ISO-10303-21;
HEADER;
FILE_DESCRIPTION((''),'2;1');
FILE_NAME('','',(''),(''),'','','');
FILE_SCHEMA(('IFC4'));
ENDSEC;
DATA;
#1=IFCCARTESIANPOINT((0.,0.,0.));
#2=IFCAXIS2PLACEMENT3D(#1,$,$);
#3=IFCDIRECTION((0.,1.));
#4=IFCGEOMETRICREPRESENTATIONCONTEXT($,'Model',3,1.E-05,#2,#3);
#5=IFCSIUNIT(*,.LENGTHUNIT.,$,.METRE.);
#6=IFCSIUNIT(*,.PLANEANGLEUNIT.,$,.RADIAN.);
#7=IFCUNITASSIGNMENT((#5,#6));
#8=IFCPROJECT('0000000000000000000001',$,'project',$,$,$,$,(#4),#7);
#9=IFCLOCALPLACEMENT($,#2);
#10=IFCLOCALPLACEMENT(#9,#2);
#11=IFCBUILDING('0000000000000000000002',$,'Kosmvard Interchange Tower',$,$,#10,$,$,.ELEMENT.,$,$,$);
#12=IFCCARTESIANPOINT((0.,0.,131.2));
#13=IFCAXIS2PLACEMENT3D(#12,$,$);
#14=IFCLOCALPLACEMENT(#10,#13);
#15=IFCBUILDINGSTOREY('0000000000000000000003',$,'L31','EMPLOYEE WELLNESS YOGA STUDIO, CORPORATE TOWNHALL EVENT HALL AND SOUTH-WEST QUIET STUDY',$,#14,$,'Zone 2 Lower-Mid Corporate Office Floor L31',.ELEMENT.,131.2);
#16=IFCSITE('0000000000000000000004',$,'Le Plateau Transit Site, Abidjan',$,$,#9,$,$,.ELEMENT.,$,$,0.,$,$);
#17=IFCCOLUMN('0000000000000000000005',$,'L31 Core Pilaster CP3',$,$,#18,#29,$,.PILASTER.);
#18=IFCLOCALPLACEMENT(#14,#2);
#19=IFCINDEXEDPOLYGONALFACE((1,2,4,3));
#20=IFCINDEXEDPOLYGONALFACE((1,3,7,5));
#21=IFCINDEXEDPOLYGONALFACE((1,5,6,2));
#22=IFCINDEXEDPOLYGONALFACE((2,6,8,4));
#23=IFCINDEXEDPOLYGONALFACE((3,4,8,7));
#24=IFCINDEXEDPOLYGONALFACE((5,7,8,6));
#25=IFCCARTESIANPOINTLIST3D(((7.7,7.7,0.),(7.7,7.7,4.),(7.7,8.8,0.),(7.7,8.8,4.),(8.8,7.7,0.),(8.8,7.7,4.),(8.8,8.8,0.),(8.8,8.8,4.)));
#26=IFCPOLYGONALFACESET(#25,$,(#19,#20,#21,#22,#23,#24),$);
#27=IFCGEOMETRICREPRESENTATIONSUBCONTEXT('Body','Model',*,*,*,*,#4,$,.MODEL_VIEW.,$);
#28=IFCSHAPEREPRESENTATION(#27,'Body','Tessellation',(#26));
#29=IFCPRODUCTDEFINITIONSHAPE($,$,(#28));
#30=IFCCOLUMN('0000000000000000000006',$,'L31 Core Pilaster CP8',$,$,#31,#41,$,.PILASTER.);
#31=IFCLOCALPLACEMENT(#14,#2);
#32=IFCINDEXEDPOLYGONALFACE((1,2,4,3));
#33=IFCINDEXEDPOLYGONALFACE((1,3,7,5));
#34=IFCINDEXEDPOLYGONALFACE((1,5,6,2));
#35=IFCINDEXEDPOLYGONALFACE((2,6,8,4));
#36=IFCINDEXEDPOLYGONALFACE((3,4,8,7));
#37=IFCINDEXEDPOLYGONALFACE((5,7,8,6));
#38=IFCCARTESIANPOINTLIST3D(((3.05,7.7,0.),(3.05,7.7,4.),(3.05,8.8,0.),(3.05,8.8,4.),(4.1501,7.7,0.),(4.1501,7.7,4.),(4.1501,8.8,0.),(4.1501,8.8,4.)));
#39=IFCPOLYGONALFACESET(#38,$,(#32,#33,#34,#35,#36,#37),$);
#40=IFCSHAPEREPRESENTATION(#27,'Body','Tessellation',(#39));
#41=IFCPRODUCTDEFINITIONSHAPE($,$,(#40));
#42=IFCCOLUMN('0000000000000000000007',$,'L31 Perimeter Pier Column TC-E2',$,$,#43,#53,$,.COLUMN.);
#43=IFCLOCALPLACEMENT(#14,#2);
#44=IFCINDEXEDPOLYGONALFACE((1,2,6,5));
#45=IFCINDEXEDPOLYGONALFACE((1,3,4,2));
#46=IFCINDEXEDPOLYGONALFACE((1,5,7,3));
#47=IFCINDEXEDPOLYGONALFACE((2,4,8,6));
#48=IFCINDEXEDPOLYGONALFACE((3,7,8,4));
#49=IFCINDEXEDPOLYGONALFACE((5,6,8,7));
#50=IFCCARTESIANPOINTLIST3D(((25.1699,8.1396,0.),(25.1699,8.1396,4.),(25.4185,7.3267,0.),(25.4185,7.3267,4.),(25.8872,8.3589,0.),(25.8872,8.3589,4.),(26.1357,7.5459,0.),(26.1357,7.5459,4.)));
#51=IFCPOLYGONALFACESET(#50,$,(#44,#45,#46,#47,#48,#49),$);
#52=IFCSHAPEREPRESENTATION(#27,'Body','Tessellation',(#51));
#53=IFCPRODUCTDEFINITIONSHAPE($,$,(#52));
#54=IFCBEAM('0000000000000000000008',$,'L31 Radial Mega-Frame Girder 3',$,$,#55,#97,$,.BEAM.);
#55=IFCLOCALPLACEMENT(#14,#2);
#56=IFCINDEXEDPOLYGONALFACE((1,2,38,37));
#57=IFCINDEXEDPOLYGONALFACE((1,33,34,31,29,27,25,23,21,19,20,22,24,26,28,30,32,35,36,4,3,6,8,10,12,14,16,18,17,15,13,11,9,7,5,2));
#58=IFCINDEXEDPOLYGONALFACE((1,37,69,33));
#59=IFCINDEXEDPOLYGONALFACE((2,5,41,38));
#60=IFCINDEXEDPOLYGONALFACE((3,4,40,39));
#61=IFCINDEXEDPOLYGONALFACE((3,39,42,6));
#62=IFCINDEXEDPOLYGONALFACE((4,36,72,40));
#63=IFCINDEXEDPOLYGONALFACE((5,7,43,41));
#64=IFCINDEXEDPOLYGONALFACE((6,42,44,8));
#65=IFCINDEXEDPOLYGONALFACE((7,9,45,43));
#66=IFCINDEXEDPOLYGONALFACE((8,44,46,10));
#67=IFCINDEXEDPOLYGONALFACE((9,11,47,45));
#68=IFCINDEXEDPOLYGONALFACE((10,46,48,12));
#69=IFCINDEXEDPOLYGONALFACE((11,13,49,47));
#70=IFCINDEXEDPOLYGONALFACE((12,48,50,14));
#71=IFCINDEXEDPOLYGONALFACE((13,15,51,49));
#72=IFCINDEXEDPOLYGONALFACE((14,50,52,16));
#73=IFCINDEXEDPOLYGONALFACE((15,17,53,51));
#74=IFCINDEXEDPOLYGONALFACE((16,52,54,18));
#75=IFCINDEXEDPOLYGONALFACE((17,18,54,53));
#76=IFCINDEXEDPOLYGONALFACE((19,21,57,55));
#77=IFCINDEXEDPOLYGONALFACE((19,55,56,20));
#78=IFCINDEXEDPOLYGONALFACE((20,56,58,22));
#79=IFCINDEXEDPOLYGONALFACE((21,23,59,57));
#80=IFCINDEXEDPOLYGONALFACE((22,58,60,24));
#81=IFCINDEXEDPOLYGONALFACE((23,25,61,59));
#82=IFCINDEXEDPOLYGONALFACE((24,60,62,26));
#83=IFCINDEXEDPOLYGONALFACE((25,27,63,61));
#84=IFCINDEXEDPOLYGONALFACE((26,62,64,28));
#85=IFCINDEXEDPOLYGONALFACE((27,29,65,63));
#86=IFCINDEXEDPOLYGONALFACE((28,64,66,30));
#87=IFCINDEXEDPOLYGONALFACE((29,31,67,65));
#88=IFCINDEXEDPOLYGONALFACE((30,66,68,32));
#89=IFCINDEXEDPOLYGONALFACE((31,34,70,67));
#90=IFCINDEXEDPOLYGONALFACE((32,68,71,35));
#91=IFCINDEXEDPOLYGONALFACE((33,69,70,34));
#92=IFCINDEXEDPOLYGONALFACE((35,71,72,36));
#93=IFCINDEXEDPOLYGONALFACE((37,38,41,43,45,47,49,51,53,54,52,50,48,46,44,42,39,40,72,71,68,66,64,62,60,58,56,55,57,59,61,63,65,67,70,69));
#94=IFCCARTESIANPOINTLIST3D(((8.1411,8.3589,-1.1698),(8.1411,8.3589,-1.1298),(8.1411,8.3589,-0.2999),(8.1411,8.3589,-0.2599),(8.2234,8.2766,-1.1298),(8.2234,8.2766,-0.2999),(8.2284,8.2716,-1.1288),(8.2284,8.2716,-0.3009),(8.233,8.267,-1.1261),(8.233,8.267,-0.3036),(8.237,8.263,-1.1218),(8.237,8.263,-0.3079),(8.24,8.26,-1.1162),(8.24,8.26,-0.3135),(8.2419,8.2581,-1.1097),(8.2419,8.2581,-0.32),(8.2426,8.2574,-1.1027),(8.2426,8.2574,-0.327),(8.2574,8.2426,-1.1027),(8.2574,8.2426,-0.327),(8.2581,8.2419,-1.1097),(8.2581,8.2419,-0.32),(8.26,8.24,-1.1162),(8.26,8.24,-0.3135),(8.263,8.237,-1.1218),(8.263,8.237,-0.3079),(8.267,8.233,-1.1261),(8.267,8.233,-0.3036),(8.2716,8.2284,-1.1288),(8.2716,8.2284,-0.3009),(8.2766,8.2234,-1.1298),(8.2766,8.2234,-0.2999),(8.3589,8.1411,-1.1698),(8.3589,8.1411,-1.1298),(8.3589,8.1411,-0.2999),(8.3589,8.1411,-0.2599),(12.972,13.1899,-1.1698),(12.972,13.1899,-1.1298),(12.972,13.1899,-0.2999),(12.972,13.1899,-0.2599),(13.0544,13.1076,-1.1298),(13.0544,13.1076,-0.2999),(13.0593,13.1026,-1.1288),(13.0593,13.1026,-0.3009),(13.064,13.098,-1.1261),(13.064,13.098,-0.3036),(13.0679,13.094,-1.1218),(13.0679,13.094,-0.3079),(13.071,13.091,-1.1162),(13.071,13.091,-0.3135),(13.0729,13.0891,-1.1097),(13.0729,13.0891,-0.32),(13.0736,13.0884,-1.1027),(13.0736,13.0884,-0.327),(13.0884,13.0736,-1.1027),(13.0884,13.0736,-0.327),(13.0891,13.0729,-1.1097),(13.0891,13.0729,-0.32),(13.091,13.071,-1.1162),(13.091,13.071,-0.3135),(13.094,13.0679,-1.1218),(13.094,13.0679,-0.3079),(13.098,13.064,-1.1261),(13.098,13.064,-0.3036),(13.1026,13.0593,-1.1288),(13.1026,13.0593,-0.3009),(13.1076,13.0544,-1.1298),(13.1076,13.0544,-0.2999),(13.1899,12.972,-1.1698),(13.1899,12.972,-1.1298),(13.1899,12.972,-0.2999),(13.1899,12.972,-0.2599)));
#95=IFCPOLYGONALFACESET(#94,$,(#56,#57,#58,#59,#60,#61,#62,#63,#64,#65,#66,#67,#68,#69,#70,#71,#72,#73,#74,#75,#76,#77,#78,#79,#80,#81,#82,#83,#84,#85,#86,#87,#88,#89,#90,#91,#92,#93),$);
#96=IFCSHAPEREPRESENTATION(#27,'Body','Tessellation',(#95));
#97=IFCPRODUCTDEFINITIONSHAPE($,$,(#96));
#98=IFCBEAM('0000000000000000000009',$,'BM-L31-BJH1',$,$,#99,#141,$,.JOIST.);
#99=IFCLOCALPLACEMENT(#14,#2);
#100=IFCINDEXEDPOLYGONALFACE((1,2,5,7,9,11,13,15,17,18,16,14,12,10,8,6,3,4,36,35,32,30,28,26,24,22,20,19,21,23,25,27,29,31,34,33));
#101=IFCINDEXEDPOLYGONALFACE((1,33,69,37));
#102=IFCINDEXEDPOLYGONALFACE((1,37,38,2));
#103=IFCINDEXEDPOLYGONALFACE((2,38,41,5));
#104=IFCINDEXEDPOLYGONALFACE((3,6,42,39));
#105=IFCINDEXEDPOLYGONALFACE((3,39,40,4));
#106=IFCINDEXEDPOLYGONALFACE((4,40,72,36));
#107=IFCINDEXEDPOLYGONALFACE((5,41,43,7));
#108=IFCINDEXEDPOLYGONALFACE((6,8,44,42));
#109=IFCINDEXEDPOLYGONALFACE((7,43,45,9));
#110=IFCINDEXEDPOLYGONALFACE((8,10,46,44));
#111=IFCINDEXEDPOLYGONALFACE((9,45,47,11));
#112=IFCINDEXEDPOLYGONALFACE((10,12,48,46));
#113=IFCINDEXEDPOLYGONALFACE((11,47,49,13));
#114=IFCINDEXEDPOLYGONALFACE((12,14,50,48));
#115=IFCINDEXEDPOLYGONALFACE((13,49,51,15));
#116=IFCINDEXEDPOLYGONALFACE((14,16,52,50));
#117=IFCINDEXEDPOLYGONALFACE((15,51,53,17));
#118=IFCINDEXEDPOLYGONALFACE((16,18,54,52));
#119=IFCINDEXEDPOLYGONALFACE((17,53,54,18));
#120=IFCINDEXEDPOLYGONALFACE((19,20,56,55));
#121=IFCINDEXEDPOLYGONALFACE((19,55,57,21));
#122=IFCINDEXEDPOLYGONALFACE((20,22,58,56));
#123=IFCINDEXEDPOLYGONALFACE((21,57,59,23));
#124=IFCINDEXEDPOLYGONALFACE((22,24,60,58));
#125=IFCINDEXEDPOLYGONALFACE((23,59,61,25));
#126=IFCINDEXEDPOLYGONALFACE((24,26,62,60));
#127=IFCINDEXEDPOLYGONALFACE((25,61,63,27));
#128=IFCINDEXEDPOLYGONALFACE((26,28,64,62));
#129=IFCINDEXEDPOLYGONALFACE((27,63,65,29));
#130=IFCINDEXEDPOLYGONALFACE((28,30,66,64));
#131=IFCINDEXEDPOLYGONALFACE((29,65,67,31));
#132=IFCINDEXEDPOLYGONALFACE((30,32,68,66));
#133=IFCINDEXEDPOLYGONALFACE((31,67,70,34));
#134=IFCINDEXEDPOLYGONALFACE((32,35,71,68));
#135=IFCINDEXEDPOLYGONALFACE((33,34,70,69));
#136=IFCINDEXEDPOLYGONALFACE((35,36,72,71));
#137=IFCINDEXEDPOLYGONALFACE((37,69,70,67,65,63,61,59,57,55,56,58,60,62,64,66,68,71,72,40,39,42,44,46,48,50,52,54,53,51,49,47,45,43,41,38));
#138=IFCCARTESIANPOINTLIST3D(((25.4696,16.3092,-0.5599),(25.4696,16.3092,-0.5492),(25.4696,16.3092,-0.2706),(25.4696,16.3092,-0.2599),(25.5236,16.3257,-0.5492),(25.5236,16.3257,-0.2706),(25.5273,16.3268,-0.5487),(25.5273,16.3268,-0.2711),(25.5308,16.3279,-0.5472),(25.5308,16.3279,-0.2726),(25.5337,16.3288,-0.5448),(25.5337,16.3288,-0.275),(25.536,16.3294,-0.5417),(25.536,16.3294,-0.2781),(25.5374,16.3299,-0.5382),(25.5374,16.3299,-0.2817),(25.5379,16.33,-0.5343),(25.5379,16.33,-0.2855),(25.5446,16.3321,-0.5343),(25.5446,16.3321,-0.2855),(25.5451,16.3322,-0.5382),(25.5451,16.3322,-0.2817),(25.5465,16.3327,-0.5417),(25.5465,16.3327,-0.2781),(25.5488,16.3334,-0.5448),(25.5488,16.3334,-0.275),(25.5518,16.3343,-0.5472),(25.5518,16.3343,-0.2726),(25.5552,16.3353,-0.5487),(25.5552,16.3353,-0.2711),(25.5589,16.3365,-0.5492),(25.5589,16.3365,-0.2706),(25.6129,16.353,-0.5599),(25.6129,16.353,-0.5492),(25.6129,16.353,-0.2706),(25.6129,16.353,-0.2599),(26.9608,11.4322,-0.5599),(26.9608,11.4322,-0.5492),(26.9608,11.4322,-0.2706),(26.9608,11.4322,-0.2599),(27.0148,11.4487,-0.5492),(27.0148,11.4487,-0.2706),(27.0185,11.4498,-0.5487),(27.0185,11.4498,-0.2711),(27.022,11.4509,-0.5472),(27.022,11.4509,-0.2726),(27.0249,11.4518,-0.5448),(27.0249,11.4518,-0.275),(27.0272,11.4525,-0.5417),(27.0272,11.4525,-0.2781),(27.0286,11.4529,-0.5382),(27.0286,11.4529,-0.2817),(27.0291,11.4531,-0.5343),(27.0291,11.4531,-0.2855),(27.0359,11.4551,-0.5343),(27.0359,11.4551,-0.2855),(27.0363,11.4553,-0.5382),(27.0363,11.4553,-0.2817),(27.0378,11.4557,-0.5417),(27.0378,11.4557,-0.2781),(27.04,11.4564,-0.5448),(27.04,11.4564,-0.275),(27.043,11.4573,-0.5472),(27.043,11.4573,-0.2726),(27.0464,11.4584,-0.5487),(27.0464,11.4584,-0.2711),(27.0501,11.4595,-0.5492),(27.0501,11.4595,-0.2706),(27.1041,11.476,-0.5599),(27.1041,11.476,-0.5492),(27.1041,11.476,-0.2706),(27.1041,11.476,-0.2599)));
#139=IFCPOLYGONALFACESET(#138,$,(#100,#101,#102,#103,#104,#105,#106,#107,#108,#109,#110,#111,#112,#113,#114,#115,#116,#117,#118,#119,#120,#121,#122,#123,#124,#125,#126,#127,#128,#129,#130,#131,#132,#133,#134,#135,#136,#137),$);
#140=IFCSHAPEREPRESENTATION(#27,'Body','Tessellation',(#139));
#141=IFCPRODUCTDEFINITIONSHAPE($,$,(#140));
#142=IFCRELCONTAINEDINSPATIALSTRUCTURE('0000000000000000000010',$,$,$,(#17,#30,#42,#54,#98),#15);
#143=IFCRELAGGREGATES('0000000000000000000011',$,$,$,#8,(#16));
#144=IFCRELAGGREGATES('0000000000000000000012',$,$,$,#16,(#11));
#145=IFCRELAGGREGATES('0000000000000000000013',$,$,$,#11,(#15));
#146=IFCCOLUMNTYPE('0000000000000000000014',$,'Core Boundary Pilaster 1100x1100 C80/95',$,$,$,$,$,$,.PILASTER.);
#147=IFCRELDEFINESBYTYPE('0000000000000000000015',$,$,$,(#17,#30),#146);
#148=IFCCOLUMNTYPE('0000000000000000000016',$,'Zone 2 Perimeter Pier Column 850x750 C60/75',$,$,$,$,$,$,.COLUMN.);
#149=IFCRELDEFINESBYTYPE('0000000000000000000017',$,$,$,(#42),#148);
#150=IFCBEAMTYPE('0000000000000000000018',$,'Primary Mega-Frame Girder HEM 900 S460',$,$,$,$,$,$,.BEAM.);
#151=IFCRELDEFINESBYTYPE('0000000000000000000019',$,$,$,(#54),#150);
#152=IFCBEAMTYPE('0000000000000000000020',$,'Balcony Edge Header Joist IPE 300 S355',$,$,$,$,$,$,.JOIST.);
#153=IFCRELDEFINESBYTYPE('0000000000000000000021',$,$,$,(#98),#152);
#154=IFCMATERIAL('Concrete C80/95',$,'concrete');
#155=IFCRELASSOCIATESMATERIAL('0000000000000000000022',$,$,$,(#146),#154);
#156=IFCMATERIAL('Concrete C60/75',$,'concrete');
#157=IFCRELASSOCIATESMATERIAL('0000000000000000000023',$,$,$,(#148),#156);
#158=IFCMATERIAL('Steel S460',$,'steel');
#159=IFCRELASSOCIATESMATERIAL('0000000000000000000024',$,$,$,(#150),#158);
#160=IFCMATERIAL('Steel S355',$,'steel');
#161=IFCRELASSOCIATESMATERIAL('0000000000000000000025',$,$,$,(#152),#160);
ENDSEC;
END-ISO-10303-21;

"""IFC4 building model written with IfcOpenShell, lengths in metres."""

from ifc_helpers import new_model, si_unit, direction, frame, origin, origin_2d, place, context, subcontext, project, spatial, rectangle, i_section, extrude, source, transform, mapped, material, material_profile, profile_set, type_object, element, save


model = new_model("IFC4")

# Units and contexts
model_context = context("Model", 3, precision=1e-05, world=origin(), true_north=direction((0.0, 1.0)))
body_context = subcontext(model_context, "Body", "Model", "MODEL_VIEW")
ifc_project = project(units=[si_unit("LENGTHUNIT", "METRE"), si_unit("PLANEANGLEUNIT", "RADIAN")], contexts=[model_context])

# Site, building, storey
site_placement = place(None, origin())
site = spatial("IfcSite", under=ifc_project, at=site_placement, Name="Le Plateau Transit Site, Abidjan", CompositionType="ELEMENT", RefElevation=0.0)
building_placement = place(site_placement, origin())
building = spatial("IfcBuilding", under=site, at=building_placement, Name="Kosmvard Interchange Tower", CompositionType="ELEMENT")
storey_placement = place(building_placement, frame((0.0, 0.0, 131.2)))
storey = spatial("IfcBuildingStorey", under=building, at=storey_placement, Name="L31", Description="EMPLOYEE WELLNESS YOGA STUDIO, CORPORATE TOWNHALL EVENT HALL AND SOUTH-WEST QUIET STUDY", LongName="Zone 2 Lower-Mid Corporate Office Floor L31", CompositionType="ELEMENT", Elevation=131.2)

# Columns
ifc_material_1 = material(Name="Concrete C80/95", Category="concrete")
ifc_material_profile_1 = material_profile(ifc_material_1, rectangle(XDim=1.1001, YDim=1.1001, at=origin_2d()), Name="CP 1100x1100")
ifc_profile_set_1 = profile_set([ifc_material_profile_1], Name="Concrete C80/95")
column_type_1 = type_object("IfcColumnType", Name="Core Boundary Pilaster 1100x1100 C80/95", PredefinedType="PILASTER", material=ifc_profile_set_1)
shared_shape_1 = source(origin(), body_context, "Body", "SweptSolid", [
    extrude(rectangle(XDim=1.1001, YDim=1.1001, at=origin_2d()), origin(), (0.0, 0.0, 1.0), 4.0),
])
for number, where, z_axis, x_axis, name in (
    (1, (8.25, 8.25, 0.0), (0.0, 0.0, 1.0), (1.0, 0.0, 0.0), "L31 Core Pilaster CP3"),
    (2, (3.6001, 8.25, 0.0), (0.0, 0.0, 1.0), (1.0, 0.0, 0.0), "L31 Core Pilaster CP8"),
):
    element("IfcColumn", number, at=place(storey_placement, frame(where, z_axis=z_axis, x_axis=x_axis)), inside=storey, type_object=column_type_1, Name=name, PredefinedType="PILASTER", context=body_context, shape_type="MappedRepresentation", body=[
        mapped(shared_shape_1, transform((0.0, 0.0, 0.0), scale=1.0)),
    ])
ifc_material_2 = material(Name="Concrete C60/75", Category="concrete")
ifc_material_profile_2 = material_profile(ifc_material_2, rectangle(XDim=0.75, YDim=0.8501, at=origin_2d()), Name="TC 850x750")
ifc_profile_set_2 = profile_set([ifc_material_profile_2], Name="Concrete C60/75")
column_type_2 = type_object("IfcColumnType", Name="Zone 2 Perimeter Pier Column 850x750 C60/75", PredefinedType="COLUMN", material=ifc_profile_set_2)
shared_shape_2 = source(origin(), body_context, "Body", "SweptSolid", [
    extrude(rectangle(XDim=0.75, YDim=0.8501, at=origin_2d()), origin(), (0.0, 0.0, 1.0), 4.0),
])
column_placement = place(storey_placement, frame((25.6528, 7.8428, 0.0), z_axis=(0.0, 0.0, 1.0), x_axis=(0.956305, 0.292372, 0.0)))
element("IfcColumn", 3, at=column_placement, inside=storey, type_object=column_type_2, Name="L31 Perimeter Pier Column TC-E2", PredefinedType="COLUMN", context=body_context, shape_type="MappedRepresentation", body=[
    mapped(shared_shape_2, transform((0.0, 0.0, 0.0), scale=1.0)),
])

# Beams
ifc_material_3 = material(Name="Steel S460", Category="steel")
ifc_material_profile_3 = material_profile(ifc_material_3, i_section(OverallWidth=0.3081, OverallDepth=0.9099, WebThickness=0.021, FlangeThickness=0.04, FilletRadius=0.0271, at=origin_2d()), Name="HEM 900")
ifc_profile_set_3 = profile_set([ifc_material_profile_3], Name="Steel S460")
beam_type_1 = type_object("IfcBeamType", Name="Primary Mega-Frame Girder HEM 900 S460", PredefinedType="BEAM", material=ifc_profile_set_3)
shared_shape_3 = source(origin(), body_context, "Body", "SweptSolid", [
    extrude(i_section(OverallWidth=0.3081, OverallDepth=0.9099, WebThickness=0.021, FlangeThickness=0.04, FilletRadius=0.0271, at=origin_2d()), origin(), (0.0, 0.0, 1.0), 6.832),
])
beam_1_placement = place(storey_placement, frame((8.25, 8.25, -0.7148), z_axis=(0.707107, 0.707107, 0.0), x_axis=(-0.707107, 0.707107, 0.0)))
element("IfcBeam", 4, at=beam_1_placement, inside=storey, type_object=beam_type_1, Name="L31 Radial Mega-Frame Girder 3", PredefinedType="BEAM", context=body_context, shape_type="MappedRepresentation", body=[
    mapped(shared_shape_3, transform((0.0, 0.0, 0.0), scale=1.0)),
])
ifc_material_4 = material(Name="Steel S355", Category="steel")
ifc_material_profile_4 = material_profile(ifc_material_4, i_section(OverallWidth=0.1499, OverallDepth=0.3, WebThickness=0.0071, FlangeThickness=0.0107, FilletRadius=0.0149, at=origin_2d()), Name="IPE 300")
ifc_profile_set_4 = profile_set([ifc_material_profile_4], Name="Steel S355")
beam_type_2 = type_object("IfcBeamType", Name="Balcony Edge Header Joist IPE 300 S355", PredefinedType="JOIST", material=ifc_profile_set_4)
shared_shape_4 = source(origin(), body_context, "Body", "SweptSolid", [
    extrude(i_section(OverallWidth=0.1499, OverallDepth=0.3, WebThickness=0.0071, FlangeThickness=0.0107, FilletRadius=0.0149, at=origin_2d()), origin(), (0.0, 0.0, 1.0), 5.0999),
])
beam_2_placement = place(storey_placement, frame((27.0325, 11.4541, -0.4099), z_axis=(-0.292403, 0.956295, 0.0), x_axis=(-0.956295, -0.292403, 0.0)))
element("IfcBeam", 5, at=beam_2_placement, inside=storey, type_object=beam_type_2, Name="BM-L31-BJH1", PredefinedType="JOIST", context=body_context, shape_type="MappedRepresentation", body=[
    mapped(shared_shape_4, transform((0.0, 0.0, 0.0), scale=1.0)),
])

save(model, "model.ifc")
